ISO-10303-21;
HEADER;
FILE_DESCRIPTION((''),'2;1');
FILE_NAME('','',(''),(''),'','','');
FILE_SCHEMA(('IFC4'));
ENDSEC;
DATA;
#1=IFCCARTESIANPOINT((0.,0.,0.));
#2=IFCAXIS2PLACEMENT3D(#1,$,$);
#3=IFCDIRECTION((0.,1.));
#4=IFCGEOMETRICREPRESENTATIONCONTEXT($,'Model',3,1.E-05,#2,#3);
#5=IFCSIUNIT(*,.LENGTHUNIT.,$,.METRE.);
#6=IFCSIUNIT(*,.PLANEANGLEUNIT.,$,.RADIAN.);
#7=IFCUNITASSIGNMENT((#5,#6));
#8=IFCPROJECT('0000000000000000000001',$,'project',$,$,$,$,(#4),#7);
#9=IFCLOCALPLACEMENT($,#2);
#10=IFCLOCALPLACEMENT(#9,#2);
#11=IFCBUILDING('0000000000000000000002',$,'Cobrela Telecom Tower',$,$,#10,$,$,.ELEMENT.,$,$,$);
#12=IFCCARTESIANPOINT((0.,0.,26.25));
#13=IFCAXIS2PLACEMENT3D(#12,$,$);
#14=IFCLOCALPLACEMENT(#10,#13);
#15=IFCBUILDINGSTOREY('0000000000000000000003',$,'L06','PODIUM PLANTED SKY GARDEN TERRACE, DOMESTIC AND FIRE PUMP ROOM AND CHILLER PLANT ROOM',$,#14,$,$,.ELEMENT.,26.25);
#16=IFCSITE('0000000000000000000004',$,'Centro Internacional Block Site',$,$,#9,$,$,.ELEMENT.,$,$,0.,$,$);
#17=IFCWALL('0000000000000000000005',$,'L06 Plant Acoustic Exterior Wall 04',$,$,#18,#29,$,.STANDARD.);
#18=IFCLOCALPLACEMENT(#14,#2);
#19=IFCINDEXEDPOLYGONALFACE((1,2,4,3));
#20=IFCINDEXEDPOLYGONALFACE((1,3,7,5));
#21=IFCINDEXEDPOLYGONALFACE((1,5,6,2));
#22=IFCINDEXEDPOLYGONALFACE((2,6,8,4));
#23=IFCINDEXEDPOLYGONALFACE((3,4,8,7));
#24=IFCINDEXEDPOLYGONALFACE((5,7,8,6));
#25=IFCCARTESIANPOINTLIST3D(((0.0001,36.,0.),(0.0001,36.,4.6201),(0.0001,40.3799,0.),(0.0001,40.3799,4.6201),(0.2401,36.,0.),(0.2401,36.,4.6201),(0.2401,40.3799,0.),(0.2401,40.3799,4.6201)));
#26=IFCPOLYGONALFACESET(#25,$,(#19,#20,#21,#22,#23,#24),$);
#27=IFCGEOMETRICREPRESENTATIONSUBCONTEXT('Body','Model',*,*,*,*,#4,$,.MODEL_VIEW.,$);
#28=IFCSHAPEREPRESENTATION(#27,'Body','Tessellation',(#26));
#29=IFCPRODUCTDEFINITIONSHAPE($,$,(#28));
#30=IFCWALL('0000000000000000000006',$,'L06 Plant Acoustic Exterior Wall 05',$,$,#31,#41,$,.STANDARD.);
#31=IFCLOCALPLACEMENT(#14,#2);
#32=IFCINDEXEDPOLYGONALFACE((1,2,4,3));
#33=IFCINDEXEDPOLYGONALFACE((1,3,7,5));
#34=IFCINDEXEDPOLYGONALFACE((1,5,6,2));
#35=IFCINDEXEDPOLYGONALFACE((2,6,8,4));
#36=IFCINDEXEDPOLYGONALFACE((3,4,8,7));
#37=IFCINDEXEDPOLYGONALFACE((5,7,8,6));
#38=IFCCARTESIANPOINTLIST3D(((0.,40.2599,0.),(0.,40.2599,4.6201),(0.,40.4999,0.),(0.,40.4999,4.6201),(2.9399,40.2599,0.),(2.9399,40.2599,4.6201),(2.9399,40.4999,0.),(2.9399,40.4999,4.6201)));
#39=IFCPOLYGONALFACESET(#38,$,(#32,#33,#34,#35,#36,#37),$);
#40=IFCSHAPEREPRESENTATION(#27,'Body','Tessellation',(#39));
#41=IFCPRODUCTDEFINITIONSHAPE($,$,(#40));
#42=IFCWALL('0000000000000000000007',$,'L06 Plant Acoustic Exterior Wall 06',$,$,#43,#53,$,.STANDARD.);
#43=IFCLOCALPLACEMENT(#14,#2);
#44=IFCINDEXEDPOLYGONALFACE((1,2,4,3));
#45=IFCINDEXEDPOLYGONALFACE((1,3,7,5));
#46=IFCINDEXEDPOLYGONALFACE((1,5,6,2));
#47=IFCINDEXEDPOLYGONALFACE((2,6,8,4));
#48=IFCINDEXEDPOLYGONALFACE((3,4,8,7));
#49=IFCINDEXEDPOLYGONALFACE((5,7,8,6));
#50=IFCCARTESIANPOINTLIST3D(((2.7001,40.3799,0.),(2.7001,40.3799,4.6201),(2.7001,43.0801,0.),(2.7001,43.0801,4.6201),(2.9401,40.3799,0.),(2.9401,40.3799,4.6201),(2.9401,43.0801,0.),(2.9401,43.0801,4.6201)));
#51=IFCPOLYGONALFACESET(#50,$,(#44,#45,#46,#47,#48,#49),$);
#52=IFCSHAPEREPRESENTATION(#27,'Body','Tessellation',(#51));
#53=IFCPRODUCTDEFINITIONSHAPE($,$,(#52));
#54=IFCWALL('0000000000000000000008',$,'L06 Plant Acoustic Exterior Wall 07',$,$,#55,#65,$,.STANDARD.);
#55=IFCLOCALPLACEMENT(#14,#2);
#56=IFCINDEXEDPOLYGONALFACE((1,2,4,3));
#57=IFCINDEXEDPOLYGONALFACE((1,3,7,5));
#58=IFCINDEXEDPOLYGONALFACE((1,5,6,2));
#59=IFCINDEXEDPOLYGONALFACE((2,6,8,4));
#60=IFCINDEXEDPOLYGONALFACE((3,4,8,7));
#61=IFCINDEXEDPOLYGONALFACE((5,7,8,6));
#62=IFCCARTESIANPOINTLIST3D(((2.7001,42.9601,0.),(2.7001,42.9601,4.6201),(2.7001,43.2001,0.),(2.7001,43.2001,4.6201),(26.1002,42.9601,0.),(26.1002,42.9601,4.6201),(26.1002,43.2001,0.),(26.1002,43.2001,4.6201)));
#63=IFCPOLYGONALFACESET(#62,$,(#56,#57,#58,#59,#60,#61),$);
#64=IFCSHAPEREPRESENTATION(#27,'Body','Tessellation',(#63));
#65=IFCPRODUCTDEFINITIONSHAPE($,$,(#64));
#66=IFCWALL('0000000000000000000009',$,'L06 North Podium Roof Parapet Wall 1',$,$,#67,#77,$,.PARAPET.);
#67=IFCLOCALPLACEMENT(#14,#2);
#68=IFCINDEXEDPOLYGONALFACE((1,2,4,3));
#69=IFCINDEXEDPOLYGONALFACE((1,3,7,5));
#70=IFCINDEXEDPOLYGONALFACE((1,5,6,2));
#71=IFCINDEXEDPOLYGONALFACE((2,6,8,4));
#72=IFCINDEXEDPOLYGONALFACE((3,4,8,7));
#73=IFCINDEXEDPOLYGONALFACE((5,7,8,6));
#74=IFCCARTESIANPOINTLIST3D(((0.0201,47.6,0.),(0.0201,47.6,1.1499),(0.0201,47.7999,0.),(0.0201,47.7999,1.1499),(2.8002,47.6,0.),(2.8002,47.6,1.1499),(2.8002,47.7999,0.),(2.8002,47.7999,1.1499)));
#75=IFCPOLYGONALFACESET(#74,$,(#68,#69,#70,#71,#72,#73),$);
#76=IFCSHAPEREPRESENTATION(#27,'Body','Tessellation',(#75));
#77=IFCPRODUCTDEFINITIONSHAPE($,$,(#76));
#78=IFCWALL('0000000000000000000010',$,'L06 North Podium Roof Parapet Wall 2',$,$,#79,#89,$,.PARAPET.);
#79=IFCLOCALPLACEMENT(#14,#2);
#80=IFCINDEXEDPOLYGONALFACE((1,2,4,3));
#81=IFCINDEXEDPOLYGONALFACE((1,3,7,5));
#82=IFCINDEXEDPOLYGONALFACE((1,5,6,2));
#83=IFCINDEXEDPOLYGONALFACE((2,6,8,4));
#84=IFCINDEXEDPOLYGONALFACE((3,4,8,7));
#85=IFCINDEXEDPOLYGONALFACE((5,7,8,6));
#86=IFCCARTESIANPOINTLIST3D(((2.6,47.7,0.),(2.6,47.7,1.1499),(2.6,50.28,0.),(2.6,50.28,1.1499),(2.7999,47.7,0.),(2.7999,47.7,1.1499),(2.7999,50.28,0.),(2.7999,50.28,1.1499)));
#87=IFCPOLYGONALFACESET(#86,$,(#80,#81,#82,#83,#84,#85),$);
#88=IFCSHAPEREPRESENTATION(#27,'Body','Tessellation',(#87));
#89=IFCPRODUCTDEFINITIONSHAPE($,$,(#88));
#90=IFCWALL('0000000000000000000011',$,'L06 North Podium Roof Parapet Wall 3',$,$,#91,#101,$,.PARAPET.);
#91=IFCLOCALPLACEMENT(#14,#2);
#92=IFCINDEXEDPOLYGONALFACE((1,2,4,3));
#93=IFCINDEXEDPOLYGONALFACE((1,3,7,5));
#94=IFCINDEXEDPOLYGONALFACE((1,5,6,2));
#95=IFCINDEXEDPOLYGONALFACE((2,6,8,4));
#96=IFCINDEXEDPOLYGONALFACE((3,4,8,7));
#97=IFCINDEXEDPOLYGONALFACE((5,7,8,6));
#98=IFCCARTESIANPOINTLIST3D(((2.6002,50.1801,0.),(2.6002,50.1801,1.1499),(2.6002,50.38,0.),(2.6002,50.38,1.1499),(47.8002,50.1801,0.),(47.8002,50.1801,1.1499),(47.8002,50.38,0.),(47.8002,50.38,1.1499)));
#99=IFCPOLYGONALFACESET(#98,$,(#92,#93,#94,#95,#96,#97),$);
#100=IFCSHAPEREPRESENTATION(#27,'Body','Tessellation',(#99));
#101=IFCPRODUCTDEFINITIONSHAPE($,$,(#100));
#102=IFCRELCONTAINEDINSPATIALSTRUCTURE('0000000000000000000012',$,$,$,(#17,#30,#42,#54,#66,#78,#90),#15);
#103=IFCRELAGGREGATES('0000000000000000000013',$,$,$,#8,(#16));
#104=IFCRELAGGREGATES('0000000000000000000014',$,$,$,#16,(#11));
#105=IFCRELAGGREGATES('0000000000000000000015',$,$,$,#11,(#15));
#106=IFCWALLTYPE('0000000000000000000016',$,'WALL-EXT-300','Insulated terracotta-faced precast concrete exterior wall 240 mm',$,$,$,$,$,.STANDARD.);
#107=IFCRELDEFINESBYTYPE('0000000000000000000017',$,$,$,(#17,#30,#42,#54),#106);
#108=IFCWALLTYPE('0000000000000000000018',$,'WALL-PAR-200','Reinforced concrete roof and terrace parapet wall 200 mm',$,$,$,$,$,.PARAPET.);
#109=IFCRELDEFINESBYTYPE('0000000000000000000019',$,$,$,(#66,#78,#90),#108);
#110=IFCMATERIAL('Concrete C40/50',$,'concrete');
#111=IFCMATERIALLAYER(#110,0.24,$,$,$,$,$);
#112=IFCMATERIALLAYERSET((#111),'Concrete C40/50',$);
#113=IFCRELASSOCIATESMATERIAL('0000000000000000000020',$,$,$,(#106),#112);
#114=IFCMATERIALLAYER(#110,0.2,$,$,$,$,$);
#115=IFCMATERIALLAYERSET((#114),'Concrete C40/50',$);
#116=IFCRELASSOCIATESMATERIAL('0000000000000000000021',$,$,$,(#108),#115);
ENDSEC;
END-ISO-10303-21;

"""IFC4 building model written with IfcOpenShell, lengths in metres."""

from ifc_helpers import new_model, si_unit, direction, frame, frame_2d, origin, place, context, subcontext, project, spatial, rectangle, extrude, material, layer, layer_set, type_object, element, save


model = new_model("IFC4")

# Units and contexts
model_context = context("Model", 3, precision=1e-05, world=origin(), true_north=direction((0.0, 1.0)))
body_context = subcontext(model_context, "Body", "Model", "MODEL_VIEW")
ifc_project = project(units=[si_unit("LENGTHUNIT", "METRE"), si_unit("PLANEANGLEUNIT", "RADIAN")], contexts=[model_context])

# Site, building, storey
site_placement = place(None, origin())
site = spatial("IfcSite", under=ifc_project, at=site_placement, Name="Centro Internacional Block Site", CompositionType="ELEMENT", RefElevation=0.0)
building_placement = place(site_placement, origin())
building = spatial("IfcBuilding", under=site, at=building_placement, Name="Cobrela Telecom Tower", CompositionType="ELEMENT")
storey_placement = place(building_placement, frame((0.0, 0.0, 26.25)))
storey = spatial("IfcBuildingStorey", under=building, at=storey_placement, Name="L06", Description="PODIUM PLANTED SKY GARDEN TERRACE, DOMESTIC AND FIRE PUMP ROOM AND CHILLER PLANT ROOM", CompositionType="ELEMENT", Elevation=26.25)

# Walls
ifc_material_1 = material(Name="Concrete C40/50", Category="concrete")
ifc_layer_1 = layer(ifc_material_1, 0.24)
ifc_layer_set_1 = layer_set([ifc_layer_1], Name="Concrete C40/50")
wall_type_1 = type_object("IfcWallType", Name="WALL-EXT-300", Description="Insulated terracotta-faced precast concrete exterior wall 240 mm", PredefinedType="STANDARD", material=ifc_layer_set_1)
wall_1_placement = place(storey_placement, frame((0.1201, 36.0, 0.0), z_axis=(0.0, 0.0, 1.0), x_axis=(0.0, 1.0, 0.0)))
element("IfcWall", 1, at=wall_1_placement, inside=storey, type_object=wall_type_1, Name="L06 Plant Acoustic Exterior Wall 04", PredefinedType="STANDARD", context=body_context, shape_type="SweptSolid", body=[
    extrude(rectangle(XDim=4.3799, YDim=0.24, at=frame_2d((2.1899, 0.0))), origin(), (0.0, 0.0, 1.0), 4.6201),
])
wall_2_placement = place(storey_placement, frame((0.0, 40.3799, 0.0), z_axis=(0.0, 0.0, 1.0), x_axis=(1.0, 0.0, 0.0)))
element("IfcWall", 2, at=wall_2_placement, inside=storey, type_object=wall_type_1, Name="L06 Plant Acoustic Exterior Wall 05", PredefinedType="STANDARD", context=body_context, shape_type="SweptSolid", body=[
    extrude(rectangle(XDim=2.9399, YDim=0.24, at=frame_2d((1.47, 0.0))), origin(), (0.0, 0.0, 1.0), 4.6201),
])
wall_3_placement = place(storey_placement, frame((2.8201, 40.3799, 0.0), z_axis=(0.0, 0.0, 1.0), x_axis=(0.0, 1.0, 0.0)))
element("IfcWall", 3, at=wall_3_placement, inside=storey, type_object=wall_type_1, Name="L06 Plant Acoustic Exterior Wall 06", PredefinedType="STANDARD", context=body_context, shape_type="SweptSolid", body=[
    extrude(rectangle(XDim=2.7002, YDim=0.24, at=frame_2d((1.3501, 0.0))), origin(), (0.0, 0.0, 1.0), 4.6201),
])
wall_4_placement = place(storey_placement, frame((2.7, 43.0801, 0.0), z_axis=(0.0, 0.0, 1.0), x_axis=(1.0, 0.0, 0.0)))
element("IfcWall", 4, at=wall_4_placement, inside=storey, type_object=wall_type_1, Name="L06 Plant Acoustic Exterior Wall 07", PredefinedType="STANDARD", context=body_context, shape_type="SweptSolid", body=[
    extrude(rectangle(XDim=23.4001, YDim=0.24, at=frame_2d((11.7002, 0.0))), origin(), (0.0, 0.0, 1.0), 4.6201),
])
ifc_layer_2 = layer(ifc_material_1, 0.2)
ifc_layer_set_2 = layer_set([ifc_layer_2], Name="Concrete C40/50")
wall_type_2 = type_object("IfcWallType", Name="WALL-PAR-200", Description="Reinforced concrete roof and terrace parapet wall 200 mm", PredefinedType="PARAPET", material=ifc_layer_set_2)
wall_5_placement = place(storey_placement, frame((0.02, 47.7, 0.0), z_axis=(0.0, 0.0, 1.0), x_axis=(1.0, 0.0, 0.0)))
element("IfcWall", 5, at=wall_5_placement, inside=storey, type_object=wall_type_2, Name="L06 North Podium Roof Parapet Wall 1", PredefinedType="PARAPET", context=body_context, shape_type="SweptSolid", body=[
    extrude(rectangle(XDim=2.78, YDim=0.2, at=frame_2d((1.3901, 0.0))), origin(), (0.0, 0.0, 1.0), 1.1499),
])
wall_6_placement = place(storey_placement, frame((2.7, 47.7, 0.0), z_axis=(0.0, 0.0, 1.0), x_axis=(0.0, 1.0, 0.0)))
element("IfcWall", 6, at=wall_6_placement, inside=storey, type_object=wall_type_2, Name="L06 North Podium Roof Parapet Wall 2", PredefinedType="PARAPET", context=body_context, shape_type="SweptSolid", body=[
    extrude(rectangle(XDim=2.5801, YDim=0.2, at=frame_2d((1.29, 0.0))), origin(), (0.0, 0.0, 1.0), 1.1499),
])
wall_7_placement = place(storey_placement, frame((2.6001, 50.28, 0.0), z_axis=(0.0, 0.0, 1.0), x_axis=(1.0, 0.0, 0.0)))
element("IfcWall", 7, at=wall_7_placement, inside=storey, type_object=wall_type_2, Name="L06 North Podium Roof Parapet Wall 3", PredefinedType="PARAPET", context=body_context, shape_type="SweptSolid", body=[
    extrude(rectangle(XDim=45.2, YDim=0.2, at=frame_2d((22.6001, 0.0))), origin(), (0.0, 0.0, 1.0), 1.1499),
])

save(model, "model.ifc")
